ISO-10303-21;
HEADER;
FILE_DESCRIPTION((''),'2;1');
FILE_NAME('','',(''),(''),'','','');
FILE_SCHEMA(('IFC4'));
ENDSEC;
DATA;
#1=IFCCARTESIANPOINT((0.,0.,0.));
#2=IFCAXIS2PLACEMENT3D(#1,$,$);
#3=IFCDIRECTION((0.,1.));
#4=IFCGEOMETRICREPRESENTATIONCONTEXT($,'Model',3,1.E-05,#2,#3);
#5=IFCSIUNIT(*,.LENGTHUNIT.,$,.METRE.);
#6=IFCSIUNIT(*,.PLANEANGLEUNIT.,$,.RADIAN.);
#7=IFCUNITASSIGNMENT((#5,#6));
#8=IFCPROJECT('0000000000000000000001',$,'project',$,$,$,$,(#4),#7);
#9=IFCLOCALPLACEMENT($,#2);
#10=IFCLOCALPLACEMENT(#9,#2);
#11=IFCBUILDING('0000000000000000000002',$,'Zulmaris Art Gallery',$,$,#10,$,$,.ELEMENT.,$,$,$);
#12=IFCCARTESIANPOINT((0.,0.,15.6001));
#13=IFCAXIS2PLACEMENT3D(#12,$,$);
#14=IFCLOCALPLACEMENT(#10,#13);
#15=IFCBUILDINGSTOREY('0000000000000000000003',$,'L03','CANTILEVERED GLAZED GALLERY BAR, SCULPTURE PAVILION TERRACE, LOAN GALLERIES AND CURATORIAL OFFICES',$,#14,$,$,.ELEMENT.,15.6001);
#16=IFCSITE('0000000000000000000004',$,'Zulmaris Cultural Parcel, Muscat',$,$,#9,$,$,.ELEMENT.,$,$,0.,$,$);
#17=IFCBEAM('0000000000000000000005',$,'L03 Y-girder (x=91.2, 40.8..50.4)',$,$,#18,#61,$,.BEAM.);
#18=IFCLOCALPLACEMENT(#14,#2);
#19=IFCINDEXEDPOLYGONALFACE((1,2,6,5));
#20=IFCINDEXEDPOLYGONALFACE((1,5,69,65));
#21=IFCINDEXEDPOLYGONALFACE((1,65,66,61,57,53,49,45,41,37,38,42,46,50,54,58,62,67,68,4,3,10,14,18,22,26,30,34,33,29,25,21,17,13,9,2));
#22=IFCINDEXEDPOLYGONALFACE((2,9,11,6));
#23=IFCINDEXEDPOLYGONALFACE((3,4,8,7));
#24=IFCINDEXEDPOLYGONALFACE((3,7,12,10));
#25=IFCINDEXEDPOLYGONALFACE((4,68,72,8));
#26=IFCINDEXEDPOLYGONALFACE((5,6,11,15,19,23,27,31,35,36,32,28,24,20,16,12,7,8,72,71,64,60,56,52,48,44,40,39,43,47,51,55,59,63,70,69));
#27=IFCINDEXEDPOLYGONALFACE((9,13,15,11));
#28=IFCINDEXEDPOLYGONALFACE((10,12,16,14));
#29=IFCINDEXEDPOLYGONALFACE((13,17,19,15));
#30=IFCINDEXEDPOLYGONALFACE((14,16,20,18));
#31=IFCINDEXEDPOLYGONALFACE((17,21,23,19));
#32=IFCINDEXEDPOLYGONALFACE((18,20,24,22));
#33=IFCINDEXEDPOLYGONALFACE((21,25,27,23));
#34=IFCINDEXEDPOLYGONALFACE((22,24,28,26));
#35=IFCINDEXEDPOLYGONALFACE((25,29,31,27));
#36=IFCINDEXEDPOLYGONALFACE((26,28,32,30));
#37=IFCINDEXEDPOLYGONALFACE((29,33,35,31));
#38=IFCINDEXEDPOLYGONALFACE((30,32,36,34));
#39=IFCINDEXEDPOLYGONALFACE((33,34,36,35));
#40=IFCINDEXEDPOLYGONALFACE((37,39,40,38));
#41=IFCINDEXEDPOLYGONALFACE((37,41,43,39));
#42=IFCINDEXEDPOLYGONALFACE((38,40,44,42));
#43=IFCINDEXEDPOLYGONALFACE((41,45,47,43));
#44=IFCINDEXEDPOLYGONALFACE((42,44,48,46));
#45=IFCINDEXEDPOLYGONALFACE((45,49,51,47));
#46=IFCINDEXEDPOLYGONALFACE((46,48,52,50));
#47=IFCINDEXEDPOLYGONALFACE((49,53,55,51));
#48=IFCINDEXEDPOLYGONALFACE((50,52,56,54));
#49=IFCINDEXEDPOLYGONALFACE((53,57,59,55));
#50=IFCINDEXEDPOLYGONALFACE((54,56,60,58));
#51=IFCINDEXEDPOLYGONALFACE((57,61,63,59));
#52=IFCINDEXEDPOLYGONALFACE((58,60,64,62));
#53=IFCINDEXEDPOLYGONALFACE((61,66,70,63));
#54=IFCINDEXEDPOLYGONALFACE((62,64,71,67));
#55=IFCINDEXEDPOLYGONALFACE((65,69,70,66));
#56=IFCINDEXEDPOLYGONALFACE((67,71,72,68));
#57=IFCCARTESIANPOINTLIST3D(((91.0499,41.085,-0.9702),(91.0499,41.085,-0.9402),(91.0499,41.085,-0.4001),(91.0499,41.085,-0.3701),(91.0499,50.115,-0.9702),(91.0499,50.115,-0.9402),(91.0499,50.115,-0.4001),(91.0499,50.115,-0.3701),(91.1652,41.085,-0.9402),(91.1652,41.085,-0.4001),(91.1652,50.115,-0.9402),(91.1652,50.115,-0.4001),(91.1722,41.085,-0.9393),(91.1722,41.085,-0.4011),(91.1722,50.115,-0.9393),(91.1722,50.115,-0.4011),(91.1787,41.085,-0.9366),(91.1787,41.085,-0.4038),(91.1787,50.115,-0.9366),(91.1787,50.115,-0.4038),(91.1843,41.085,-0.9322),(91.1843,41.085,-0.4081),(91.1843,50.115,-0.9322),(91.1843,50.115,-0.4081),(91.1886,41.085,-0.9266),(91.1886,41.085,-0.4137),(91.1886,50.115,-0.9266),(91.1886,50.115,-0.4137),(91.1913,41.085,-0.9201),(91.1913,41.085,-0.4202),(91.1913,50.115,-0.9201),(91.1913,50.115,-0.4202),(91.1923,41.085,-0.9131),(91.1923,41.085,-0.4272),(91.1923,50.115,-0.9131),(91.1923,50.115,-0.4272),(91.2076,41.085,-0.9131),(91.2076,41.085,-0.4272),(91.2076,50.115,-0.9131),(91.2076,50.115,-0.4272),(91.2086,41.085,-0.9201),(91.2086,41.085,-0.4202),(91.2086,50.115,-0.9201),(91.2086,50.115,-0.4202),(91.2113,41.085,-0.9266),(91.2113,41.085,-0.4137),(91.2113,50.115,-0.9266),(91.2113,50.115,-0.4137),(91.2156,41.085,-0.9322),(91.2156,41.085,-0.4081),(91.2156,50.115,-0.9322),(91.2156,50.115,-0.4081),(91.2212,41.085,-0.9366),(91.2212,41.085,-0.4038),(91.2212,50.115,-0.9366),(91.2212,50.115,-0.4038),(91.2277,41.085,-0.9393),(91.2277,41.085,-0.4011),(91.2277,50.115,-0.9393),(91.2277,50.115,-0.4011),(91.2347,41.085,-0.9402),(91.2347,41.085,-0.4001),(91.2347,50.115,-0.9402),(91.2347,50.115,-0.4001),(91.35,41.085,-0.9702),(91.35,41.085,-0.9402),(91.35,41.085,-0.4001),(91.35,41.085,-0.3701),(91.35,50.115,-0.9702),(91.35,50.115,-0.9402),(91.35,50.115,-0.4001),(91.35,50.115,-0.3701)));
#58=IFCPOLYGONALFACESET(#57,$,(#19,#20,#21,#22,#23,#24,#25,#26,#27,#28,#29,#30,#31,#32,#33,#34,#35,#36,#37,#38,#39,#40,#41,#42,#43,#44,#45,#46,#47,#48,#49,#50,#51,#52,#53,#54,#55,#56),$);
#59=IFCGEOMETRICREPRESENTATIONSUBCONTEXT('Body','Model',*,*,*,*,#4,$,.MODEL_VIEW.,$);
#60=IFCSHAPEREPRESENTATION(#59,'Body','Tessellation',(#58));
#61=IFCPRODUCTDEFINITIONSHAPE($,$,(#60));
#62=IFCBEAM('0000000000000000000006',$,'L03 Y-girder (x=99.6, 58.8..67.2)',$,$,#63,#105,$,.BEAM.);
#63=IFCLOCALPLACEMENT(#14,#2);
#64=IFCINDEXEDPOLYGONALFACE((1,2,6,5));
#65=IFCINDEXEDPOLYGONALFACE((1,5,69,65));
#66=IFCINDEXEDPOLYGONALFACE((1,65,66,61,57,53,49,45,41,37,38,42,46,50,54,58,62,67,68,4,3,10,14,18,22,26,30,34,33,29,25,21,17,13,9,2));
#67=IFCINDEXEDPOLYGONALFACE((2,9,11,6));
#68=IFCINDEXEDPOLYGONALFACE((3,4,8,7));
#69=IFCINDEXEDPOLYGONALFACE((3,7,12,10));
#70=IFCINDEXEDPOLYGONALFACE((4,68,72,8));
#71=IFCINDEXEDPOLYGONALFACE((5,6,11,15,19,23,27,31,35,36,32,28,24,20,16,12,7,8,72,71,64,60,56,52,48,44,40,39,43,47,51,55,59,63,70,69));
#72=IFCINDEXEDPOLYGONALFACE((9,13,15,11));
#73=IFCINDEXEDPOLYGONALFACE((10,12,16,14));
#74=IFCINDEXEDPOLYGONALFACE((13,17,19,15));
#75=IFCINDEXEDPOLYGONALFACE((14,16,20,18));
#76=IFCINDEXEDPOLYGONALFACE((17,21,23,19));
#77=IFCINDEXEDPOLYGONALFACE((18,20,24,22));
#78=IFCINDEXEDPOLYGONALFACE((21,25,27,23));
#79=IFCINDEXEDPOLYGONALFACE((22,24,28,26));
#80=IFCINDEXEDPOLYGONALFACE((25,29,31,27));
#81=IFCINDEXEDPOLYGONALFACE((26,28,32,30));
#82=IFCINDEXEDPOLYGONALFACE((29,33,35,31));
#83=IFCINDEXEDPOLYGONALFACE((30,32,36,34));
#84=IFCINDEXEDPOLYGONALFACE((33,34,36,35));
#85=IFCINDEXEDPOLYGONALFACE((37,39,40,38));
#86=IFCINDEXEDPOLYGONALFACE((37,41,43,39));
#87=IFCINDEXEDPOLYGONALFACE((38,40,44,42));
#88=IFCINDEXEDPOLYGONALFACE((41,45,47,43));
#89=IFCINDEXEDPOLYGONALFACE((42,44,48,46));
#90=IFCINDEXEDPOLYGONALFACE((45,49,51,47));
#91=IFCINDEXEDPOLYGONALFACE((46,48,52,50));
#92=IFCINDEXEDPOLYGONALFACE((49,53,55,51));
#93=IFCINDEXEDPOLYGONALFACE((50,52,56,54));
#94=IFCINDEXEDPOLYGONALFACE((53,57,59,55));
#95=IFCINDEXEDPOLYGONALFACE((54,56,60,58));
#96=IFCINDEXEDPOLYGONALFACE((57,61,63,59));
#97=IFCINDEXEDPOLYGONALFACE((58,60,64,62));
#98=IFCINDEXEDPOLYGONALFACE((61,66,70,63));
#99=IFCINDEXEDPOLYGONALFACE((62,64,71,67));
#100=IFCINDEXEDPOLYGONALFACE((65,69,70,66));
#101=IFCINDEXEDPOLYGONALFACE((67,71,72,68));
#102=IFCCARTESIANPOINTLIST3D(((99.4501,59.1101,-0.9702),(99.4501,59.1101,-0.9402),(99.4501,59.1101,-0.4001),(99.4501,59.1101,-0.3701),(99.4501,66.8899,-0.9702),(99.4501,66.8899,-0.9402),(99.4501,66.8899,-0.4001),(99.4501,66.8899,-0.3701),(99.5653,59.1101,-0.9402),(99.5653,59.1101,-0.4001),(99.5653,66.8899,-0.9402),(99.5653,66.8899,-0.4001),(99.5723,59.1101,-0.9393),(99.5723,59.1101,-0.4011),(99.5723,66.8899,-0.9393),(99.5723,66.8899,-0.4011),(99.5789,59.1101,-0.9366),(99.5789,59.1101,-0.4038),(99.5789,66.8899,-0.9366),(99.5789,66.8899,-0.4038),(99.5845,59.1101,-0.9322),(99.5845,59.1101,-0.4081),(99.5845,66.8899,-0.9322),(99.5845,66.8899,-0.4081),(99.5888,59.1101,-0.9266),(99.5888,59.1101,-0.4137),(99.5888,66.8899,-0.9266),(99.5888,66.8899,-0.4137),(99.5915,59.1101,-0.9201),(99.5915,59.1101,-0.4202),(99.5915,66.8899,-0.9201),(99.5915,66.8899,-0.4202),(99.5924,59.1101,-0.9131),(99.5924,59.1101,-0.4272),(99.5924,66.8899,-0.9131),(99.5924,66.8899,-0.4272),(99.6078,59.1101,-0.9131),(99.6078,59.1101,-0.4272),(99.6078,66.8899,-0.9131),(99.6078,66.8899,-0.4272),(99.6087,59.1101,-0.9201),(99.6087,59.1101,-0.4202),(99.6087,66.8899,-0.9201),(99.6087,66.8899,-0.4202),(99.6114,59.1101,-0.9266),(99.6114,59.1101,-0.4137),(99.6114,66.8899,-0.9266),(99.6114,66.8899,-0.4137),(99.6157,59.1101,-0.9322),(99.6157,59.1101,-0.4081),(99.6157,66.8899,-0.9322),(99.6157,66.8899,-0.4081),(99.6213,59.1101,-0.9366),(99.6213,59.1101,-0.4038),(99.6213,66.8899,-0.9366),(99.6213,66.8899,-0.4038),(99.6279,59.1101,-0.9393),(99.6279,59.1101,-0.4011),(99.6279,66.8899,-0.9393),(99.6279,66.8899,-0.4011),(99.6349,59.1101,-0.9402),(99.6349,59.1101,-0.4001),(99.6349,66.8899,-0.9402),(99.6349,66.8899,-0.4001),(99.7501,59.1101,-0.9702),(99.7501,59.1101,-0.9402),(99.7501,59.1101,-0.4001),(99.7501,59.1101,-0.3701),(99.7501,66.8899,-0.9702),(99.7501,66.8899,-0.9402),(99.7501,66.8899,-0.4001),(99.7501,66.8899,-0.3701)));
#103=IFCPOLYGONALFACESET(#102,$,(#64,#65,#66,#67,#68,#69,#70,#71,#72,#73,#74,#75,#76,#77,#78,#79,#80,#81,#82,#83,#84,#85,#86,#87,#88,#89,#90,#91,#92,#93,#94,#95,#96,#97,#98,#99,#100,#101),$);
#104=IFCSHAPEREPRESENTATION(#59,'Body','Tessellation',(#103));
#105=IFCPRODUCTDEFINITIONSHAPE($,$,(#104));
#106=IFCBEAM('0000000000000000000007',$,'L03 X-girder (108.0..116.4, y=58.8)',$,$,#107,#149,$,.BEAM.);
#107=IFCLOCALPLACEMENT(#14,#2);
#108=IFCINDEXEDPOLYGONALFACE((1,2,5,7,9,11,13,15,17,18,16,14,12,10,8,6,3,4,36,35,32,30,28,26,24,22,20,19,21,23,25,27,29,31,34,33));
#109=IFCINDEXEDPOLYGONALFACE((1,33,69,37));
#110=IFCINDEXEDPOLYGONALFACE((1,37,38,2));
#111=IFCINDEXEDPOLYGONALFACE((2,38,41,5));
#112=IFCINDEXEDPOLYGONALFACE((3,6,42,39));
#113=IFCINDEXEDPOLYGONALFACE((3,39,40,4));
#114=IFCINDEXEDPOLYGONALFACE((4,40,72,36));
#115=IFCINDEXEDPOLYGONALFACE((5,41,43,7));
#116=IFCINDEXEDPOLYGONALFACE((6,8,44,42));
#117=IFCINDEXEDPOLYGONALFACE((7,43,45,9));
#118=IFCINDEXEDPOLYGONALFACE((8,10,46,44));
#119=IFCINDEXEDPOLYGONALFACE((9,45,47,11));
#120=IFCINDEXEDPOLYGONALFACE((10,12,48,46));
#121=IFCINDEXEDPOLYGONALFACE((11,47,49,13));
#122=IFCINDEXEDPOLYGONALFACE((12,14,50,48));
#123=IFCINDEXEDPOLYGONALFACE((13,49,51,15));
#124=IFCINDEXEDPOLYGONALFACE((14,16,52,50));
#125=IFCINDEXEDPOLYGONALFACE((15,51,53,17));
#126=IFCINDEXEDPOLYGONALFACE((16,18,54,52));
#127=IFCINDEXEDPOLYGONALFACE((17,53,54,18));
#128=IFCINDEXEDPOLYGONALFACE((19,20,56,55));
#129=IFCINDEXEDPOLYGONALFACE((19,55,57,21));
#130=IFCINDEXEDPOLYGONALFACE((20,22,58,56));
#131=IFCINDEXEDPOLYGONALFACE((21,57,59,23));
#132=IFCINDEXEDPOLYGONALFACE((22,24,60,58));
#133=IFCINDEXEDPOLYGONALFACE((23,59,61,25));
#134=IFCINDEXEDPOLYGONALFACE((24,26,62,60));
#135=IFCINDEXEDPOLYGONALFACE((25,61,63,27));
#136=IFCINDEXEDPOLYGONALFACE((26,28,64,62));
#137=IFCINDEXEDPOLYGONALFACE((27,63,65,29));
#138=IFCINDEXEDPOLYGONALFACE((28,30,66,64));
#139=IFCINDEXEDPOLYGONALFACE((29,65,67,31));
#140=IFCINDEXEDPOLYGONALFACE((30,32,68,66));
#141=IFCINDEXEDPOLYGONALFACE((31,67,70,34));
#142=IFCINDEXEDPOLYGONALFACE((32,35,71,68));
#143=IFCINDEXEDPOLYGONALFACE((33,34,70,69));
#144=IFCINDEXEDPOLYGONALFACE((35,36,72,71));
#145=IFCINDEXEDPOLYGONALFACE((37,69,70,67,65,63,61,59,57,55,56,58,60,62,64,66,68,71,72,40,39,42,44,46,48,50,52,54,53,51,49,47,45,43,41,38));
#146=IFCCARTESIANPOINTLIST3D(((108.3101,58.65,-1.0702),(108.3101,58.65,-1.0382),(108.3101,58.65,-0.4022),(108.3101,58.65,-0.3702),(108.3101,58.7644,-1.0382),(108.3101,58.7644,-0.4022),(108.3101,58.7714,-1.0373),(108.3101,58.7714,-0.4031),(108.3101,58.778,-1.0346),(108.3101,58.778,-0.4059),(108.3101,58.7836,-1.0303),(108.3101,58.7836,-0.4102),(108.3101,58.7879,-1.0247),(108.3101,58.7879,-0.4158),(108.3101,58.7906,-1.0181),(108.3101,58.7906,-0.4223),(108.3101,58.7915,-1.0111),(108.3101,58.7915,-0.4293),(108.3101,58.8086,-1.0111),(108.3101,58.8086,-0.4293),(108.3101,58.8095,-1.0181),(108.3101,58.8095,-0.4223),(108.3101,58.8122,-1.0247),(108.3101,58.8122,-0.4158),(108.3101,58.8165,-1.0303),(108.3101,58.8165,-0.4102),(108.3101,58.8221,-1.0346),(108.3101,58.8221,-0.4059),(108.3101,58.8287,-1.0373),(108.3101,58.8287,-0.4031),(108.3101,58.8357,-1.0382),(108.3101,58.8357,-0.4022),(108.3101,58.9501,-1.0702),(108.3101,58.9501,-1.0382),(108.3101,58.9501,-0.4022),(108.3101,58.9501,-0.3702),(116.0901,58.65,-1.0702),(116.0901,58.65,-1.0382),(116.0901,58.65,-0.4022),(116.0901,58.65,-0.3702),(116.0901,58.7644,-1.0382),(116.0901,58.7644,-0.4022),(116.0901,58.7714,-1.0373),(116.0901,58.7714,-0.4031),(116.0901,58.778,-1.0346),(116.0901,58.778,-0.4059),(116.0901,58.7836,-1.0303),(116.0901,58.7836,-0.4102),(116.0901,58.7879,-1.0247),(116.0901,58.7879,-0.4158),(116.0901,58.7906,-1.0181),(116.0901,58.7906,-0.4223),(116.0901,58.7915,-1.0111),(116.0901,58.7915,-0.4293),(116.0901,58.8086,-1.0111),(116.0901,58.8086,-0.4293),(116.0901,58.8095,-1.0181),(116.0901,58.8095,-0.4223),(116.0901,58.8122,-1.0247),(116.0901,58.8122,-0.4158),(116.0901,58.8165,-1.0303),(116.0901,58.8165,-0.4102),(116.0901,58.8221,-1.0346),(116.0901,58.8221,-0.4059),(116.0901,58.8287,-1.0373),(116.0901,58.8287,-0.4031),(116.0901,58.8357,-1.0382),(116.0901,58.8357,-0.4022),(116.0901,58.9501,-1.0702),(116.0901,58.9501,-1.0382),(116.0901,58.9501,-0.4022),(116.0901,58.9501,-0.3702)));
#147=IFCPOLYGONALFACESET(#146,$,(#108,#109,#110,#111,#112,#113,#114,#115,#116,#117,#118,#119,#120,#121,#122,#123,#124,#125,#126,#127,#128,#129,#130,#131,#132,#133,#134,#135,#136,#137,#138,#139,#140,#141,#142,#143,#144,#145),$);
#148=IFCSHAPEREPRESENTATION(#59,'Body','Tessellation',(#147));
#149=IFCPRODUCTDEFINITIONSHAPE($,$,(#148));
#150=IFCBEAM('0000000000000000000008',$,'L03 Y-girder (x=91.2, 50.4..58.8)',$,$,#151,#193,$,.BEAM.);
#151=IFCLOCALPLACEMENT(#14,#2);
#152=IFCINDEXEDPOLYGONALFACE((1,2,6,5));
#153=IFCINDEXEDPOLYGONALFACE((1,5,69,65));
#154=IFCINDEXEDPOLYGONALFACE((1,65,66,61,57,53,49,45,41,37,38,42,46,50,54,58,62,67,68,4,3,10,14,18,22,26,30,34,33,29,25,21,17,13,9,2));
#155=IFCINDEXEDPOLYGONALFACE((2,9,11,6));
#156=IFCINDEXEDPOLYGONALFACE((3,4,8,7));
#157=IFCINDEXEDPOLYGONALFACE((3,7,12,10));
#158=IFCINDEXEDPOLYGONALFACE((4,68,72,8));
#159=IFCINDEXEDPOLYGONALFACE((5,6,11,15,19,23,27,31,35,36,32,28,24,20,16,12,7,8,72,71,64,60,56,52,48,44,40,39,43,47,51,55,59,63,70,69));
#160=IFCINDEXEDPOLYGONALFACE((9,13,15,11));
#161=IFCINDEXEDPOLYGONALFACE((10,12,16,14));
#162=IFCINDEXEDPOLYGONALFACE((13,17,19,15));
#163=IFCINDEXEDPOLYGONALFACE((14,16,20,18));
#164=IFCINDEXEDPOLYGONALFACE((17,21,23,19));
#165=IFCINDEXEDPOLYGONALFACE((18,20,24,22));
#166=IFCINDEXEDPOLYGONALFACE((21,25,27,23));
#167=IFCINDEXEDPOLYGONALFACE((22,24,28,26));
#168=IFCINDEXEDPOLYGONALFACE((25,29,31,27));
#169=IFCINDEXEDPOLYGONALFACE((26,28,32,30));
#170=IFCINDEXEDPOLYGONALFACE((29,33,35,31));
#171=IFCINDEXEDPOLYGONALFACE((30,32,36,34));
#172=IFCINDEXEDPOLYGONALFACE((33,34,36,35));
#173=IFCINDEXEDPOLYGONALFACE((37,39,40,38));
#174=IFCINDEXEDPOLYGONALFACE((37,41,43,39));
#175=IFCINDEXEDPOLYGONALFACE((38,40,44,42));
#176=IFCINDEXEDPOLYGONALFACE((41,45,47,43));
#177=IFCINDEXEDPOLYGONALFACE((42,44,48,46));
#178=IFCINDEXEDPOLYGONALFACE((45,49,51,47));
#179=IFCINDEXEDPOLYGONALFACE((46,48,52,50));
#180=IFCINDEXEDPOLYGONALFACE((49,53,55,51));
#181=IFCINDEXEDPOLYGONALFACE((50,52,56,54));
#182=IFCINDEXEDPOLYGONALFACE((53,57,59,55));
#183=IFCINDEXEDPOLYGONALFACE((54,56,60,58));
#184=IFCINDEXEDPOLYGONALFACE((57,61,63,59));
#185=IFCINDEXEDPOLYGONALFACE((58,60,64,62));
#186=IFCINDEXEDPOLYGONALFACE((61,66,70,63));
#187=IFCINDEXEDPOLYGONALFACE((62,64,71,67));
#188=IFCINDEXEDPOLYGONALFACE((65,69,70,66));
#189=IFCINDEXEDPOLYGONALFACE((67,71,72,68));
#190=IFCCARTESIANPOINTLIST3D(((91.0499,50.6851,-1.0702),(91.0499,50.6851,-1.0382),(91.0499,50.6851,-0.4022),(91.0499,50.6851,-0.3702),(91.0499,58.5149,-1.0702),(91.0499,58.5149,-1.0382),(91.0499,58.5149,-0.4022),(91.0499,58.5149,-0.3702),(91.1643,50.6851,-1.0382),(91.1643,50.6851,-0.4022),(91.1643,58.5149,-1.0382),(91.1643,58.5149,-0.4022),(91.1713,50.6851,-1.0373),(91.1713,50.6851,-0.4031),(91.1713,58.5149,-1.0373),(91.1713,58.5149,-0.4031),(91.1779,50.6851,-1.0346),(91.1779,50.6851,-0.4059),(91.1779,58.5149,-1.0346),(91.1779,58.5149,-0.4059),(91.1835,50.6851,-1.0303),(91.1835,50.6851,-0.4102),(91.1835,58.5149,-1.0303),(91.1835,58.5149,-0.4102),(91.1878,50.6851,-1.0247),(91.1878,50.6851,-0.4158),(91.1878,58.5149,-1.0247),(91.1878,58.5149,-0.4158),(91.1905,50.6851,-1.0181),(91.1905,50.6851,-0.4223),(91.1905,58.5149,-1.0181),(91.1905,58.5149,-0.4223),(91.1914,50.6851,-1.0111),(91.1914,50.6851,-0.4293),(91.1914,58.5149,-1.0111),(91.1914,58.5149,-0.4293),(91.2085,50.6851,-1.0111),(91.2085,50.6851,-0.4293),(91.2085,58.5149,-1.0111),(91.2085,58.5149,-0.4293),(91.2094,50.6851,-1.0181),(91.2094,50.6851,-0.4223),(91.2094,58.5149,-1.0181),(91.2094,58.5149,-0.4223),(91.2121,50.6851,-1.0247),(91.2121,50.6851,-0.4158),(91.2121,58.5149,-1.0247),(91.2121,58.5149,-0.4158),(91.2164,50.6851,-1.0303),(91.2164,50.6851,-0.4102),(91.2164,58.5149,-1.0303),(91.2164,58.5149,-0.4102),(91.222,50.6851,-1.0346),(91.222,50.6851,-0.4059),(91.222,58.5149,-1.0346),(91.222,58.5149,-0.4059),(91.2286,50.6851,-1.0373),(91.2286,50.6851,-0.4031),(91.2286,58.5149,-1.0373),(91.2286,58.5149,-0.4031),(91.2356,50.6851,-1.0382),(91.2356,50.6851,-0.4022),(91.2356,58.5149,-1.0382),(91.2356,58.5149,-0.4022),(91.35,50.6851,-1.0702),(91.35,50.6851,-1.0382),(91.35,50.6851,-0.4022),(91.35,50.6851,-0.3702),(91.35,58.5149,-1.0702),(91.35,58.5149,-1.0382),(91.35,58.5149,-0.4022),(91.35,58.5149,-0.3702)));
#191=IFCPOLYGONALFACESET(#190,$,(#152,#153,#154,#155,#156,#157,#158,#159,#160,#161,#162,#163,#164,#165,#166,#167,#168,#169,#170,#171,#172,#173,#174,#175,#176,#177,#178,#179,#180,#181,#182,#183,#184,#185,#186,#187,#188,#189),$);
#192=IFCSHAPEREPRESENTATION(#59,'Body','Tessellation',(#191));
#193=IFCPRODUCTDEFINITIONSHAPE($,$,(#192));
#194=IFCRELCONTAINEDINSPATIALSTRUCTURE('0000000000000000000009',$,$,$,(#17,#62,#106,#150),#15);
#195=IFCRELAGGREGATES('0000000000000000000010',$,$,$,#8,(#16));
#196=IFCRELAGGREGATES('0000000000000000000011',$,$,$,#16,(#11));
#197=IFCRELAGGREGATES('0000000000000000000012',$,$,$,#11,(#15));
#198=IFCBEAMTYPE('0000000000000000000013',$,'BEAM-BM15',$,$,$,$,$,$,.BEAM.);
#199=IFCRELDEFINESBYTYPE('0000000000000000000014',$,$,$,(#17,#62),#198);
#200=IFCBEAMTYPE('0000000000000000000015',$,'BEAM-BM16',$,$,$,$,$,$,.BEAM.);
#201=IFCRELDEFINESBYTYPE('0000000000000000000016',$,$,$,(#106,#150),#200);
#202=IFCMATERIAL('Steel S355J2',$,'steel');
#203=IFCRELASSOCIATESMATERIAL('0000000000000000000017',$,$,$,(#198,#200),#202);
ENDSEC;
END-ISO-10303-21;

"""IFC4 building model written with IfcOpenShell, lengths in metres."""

from ifc_helpers import new_model, si_unit, direction, frame, origin, origin_2d, place, context, subcontext, project, spatial, i_section, extrude, material, material_profile, profile_set, type_object, element, save


model = new_model("IFC4")

# Units and contexts
model_context = context("Model", 3, precision=1e-05, world=origin(), true_north=direction((0.0, 1.0)))
body_context = subcontext(model_context, "Body", "Model", "MODEL_VIEW")
ifc_project = project(units=[si_unit("LENGTHUNIT", "METRE"), si_unit("PLANEANGLEUNIT", "RADIAN")], contexts=[model_context])

# Site, building, storey
site_placement = place(None, origin())
site = spatial("IfcSite", under=ifc_project, at=site_placement, Name="Zulmaris Cultural Parcel, Muscat", CompositionType="ELEMENT", RefElevation=0.0)
building_placement = place(site_placement, origin())
building = spatial("IfcBuilding", under=site, at=building_placement, Name="Zulmaris Art Gallery", CompositionType="ELEMENT")
storey_placement = place(building_placement, frame((0.0, 0.0, 15.6001)))
storey = spatial("IfcBuildingStorey", under=building, at=storey_placement, Name="L03", Description="CANTILEVERED GLAZED GALLERY BAR, SCULPTURE PAVILION TERRACE, LOAN GALLERIES AND CURATORIAL OFFICES", CompositionType="ELEMENT", Elevation=15.6001)

# Beams
ifc_material_1 = material(Name="Steel S355J2", Category="steel")
ifc_material_profile_1 = material_profile(ifc_material_1, i_section(OverallWidth=0.3, OverallDepth=0.6001, WebThickness=0.0154, FlangeThickness=0.03, FilletRadius=0.0271, at=origin_2d()), Name="HEB 600")
ifc_profile_set_1 = profile_set([ifc_material_profile_1], Name="Steel S355J2")
beam_type_1 = type_object("IfcBeamType", Name="BEAM-BM15", PredefinedType="BEAM", material=ifc_profile_set_1)
beam_1_placement = place(storey_placement, frame((91.2, 41.085, -0.6702), z_axis=(0.0, 1.0, 0.0), x_axis=(-1.0, 0.0, 0.0)))
element("IfcBeam", 1, at=beam_1_placement, inside=storey, type_object=beam_type_1, Name="L03 Y-girder (x=91.2, 40.8..50.4)", PredefinedType="BEAM", context=body_context, shape_type="SweptSolid", body=[
    extrude(i_section(OverallWidth=0.3, OverallDepth=0.6001, WebThickness=0.0154, FlangeThickness=0.03, FilletRadius=0.0271, at=origin_2d()), origin(), (0.0, 0.0, 1.0), 9.03),
])
beam_2_placement = place(storey_placement, frame((99.6001, 59.1101, -0.6702), z_axis=(0.0, 1.0, 0.0), x_axis=(-1.0, 0.0, 0.0)))
element("IfcBeam", 2, at=beam_2_placement, inside=storey, type_object=beam_type_1, Name="L03 Y-girder (x=99.6, 58.8..67.2)", PredefinedType="BEAM", context=body_context, shape_type="SweptSolid", body=[
    extrude(i_section(OverallWidth=0.3, OverallDepth=0.6001, WebThickness=0.0154, FlangeThickness=0.03, FilletRadius=0.0271, at=origin_2d()), origin(), (0.0, 0.0, 1.0), 7.7798),
])
ifc_material_profile_2 = material_profile(ifc_material_1, i_section(OverallWidth=0.3, OverallDepth=0.7, WebThickness=0.0171, FlangeThickness=0.032, FilletRadius=0.0271, at=origin_2d()), Name="HEB 700")
ifc_profile_set_2 = profile_set([ifc_material_profile_2], Name="Steel S355J2")
beam_type_2 = type_object("IfcBeamType", Name="BEAM-BM16", PredefinedType="BEAM", material=ifc_profile_set_2)
beam_3_placement = place(storey_placement, frame((108.3101, 58.8, -0.7202), z_axis=(1.0, 0.0, 0.0), x_axis=(0.0, 1.0, 0.0)))
element("IfcBeam", 3, at=beam_3_placement, inside=storey, type_object=beam_type_2, Name="L03 X-girder (108.0..116.4, y=58.8)", PredefinedType="BEAM", context=body_context, shape_type="SweptSolid", body=[
    extrude(i_section(OverallWidth=0.3, OverallDepth=0.7, WebThickness=0.0171, FlangeThickness=0.032, FilletRadius=0.0271, at=origin_2d()), origin(), (0.0, 0.0, 1.0), 7.78),
])
beam_4_placement = place(storey_placement, frame((91.2, 50.6851, -0.7202), z_axis=(0.0, 1.0, 0.0), x_axis=(-1.0, 0.0, 0.0)))
element("IfcBeam", 4, at=beam_4_placement, inside=storey, type_object=beam_type_2, Name="L03 Y-girder (x=91.2, 50.4..58.8)", PredefinedType="BEAM", context=body_context, shape_type="SweptSolid", body=[
    extrude(i_section(OverallWidth=0.3, OverallDepth=0.7, WebThickness=0.0171, FlangeThickness=0.032, FilletRadius=0.0271, at=origin_2d()), origin(), (0.0, 0.0, 1.0), 7.8298),
])

save(model, "model.ifc")
